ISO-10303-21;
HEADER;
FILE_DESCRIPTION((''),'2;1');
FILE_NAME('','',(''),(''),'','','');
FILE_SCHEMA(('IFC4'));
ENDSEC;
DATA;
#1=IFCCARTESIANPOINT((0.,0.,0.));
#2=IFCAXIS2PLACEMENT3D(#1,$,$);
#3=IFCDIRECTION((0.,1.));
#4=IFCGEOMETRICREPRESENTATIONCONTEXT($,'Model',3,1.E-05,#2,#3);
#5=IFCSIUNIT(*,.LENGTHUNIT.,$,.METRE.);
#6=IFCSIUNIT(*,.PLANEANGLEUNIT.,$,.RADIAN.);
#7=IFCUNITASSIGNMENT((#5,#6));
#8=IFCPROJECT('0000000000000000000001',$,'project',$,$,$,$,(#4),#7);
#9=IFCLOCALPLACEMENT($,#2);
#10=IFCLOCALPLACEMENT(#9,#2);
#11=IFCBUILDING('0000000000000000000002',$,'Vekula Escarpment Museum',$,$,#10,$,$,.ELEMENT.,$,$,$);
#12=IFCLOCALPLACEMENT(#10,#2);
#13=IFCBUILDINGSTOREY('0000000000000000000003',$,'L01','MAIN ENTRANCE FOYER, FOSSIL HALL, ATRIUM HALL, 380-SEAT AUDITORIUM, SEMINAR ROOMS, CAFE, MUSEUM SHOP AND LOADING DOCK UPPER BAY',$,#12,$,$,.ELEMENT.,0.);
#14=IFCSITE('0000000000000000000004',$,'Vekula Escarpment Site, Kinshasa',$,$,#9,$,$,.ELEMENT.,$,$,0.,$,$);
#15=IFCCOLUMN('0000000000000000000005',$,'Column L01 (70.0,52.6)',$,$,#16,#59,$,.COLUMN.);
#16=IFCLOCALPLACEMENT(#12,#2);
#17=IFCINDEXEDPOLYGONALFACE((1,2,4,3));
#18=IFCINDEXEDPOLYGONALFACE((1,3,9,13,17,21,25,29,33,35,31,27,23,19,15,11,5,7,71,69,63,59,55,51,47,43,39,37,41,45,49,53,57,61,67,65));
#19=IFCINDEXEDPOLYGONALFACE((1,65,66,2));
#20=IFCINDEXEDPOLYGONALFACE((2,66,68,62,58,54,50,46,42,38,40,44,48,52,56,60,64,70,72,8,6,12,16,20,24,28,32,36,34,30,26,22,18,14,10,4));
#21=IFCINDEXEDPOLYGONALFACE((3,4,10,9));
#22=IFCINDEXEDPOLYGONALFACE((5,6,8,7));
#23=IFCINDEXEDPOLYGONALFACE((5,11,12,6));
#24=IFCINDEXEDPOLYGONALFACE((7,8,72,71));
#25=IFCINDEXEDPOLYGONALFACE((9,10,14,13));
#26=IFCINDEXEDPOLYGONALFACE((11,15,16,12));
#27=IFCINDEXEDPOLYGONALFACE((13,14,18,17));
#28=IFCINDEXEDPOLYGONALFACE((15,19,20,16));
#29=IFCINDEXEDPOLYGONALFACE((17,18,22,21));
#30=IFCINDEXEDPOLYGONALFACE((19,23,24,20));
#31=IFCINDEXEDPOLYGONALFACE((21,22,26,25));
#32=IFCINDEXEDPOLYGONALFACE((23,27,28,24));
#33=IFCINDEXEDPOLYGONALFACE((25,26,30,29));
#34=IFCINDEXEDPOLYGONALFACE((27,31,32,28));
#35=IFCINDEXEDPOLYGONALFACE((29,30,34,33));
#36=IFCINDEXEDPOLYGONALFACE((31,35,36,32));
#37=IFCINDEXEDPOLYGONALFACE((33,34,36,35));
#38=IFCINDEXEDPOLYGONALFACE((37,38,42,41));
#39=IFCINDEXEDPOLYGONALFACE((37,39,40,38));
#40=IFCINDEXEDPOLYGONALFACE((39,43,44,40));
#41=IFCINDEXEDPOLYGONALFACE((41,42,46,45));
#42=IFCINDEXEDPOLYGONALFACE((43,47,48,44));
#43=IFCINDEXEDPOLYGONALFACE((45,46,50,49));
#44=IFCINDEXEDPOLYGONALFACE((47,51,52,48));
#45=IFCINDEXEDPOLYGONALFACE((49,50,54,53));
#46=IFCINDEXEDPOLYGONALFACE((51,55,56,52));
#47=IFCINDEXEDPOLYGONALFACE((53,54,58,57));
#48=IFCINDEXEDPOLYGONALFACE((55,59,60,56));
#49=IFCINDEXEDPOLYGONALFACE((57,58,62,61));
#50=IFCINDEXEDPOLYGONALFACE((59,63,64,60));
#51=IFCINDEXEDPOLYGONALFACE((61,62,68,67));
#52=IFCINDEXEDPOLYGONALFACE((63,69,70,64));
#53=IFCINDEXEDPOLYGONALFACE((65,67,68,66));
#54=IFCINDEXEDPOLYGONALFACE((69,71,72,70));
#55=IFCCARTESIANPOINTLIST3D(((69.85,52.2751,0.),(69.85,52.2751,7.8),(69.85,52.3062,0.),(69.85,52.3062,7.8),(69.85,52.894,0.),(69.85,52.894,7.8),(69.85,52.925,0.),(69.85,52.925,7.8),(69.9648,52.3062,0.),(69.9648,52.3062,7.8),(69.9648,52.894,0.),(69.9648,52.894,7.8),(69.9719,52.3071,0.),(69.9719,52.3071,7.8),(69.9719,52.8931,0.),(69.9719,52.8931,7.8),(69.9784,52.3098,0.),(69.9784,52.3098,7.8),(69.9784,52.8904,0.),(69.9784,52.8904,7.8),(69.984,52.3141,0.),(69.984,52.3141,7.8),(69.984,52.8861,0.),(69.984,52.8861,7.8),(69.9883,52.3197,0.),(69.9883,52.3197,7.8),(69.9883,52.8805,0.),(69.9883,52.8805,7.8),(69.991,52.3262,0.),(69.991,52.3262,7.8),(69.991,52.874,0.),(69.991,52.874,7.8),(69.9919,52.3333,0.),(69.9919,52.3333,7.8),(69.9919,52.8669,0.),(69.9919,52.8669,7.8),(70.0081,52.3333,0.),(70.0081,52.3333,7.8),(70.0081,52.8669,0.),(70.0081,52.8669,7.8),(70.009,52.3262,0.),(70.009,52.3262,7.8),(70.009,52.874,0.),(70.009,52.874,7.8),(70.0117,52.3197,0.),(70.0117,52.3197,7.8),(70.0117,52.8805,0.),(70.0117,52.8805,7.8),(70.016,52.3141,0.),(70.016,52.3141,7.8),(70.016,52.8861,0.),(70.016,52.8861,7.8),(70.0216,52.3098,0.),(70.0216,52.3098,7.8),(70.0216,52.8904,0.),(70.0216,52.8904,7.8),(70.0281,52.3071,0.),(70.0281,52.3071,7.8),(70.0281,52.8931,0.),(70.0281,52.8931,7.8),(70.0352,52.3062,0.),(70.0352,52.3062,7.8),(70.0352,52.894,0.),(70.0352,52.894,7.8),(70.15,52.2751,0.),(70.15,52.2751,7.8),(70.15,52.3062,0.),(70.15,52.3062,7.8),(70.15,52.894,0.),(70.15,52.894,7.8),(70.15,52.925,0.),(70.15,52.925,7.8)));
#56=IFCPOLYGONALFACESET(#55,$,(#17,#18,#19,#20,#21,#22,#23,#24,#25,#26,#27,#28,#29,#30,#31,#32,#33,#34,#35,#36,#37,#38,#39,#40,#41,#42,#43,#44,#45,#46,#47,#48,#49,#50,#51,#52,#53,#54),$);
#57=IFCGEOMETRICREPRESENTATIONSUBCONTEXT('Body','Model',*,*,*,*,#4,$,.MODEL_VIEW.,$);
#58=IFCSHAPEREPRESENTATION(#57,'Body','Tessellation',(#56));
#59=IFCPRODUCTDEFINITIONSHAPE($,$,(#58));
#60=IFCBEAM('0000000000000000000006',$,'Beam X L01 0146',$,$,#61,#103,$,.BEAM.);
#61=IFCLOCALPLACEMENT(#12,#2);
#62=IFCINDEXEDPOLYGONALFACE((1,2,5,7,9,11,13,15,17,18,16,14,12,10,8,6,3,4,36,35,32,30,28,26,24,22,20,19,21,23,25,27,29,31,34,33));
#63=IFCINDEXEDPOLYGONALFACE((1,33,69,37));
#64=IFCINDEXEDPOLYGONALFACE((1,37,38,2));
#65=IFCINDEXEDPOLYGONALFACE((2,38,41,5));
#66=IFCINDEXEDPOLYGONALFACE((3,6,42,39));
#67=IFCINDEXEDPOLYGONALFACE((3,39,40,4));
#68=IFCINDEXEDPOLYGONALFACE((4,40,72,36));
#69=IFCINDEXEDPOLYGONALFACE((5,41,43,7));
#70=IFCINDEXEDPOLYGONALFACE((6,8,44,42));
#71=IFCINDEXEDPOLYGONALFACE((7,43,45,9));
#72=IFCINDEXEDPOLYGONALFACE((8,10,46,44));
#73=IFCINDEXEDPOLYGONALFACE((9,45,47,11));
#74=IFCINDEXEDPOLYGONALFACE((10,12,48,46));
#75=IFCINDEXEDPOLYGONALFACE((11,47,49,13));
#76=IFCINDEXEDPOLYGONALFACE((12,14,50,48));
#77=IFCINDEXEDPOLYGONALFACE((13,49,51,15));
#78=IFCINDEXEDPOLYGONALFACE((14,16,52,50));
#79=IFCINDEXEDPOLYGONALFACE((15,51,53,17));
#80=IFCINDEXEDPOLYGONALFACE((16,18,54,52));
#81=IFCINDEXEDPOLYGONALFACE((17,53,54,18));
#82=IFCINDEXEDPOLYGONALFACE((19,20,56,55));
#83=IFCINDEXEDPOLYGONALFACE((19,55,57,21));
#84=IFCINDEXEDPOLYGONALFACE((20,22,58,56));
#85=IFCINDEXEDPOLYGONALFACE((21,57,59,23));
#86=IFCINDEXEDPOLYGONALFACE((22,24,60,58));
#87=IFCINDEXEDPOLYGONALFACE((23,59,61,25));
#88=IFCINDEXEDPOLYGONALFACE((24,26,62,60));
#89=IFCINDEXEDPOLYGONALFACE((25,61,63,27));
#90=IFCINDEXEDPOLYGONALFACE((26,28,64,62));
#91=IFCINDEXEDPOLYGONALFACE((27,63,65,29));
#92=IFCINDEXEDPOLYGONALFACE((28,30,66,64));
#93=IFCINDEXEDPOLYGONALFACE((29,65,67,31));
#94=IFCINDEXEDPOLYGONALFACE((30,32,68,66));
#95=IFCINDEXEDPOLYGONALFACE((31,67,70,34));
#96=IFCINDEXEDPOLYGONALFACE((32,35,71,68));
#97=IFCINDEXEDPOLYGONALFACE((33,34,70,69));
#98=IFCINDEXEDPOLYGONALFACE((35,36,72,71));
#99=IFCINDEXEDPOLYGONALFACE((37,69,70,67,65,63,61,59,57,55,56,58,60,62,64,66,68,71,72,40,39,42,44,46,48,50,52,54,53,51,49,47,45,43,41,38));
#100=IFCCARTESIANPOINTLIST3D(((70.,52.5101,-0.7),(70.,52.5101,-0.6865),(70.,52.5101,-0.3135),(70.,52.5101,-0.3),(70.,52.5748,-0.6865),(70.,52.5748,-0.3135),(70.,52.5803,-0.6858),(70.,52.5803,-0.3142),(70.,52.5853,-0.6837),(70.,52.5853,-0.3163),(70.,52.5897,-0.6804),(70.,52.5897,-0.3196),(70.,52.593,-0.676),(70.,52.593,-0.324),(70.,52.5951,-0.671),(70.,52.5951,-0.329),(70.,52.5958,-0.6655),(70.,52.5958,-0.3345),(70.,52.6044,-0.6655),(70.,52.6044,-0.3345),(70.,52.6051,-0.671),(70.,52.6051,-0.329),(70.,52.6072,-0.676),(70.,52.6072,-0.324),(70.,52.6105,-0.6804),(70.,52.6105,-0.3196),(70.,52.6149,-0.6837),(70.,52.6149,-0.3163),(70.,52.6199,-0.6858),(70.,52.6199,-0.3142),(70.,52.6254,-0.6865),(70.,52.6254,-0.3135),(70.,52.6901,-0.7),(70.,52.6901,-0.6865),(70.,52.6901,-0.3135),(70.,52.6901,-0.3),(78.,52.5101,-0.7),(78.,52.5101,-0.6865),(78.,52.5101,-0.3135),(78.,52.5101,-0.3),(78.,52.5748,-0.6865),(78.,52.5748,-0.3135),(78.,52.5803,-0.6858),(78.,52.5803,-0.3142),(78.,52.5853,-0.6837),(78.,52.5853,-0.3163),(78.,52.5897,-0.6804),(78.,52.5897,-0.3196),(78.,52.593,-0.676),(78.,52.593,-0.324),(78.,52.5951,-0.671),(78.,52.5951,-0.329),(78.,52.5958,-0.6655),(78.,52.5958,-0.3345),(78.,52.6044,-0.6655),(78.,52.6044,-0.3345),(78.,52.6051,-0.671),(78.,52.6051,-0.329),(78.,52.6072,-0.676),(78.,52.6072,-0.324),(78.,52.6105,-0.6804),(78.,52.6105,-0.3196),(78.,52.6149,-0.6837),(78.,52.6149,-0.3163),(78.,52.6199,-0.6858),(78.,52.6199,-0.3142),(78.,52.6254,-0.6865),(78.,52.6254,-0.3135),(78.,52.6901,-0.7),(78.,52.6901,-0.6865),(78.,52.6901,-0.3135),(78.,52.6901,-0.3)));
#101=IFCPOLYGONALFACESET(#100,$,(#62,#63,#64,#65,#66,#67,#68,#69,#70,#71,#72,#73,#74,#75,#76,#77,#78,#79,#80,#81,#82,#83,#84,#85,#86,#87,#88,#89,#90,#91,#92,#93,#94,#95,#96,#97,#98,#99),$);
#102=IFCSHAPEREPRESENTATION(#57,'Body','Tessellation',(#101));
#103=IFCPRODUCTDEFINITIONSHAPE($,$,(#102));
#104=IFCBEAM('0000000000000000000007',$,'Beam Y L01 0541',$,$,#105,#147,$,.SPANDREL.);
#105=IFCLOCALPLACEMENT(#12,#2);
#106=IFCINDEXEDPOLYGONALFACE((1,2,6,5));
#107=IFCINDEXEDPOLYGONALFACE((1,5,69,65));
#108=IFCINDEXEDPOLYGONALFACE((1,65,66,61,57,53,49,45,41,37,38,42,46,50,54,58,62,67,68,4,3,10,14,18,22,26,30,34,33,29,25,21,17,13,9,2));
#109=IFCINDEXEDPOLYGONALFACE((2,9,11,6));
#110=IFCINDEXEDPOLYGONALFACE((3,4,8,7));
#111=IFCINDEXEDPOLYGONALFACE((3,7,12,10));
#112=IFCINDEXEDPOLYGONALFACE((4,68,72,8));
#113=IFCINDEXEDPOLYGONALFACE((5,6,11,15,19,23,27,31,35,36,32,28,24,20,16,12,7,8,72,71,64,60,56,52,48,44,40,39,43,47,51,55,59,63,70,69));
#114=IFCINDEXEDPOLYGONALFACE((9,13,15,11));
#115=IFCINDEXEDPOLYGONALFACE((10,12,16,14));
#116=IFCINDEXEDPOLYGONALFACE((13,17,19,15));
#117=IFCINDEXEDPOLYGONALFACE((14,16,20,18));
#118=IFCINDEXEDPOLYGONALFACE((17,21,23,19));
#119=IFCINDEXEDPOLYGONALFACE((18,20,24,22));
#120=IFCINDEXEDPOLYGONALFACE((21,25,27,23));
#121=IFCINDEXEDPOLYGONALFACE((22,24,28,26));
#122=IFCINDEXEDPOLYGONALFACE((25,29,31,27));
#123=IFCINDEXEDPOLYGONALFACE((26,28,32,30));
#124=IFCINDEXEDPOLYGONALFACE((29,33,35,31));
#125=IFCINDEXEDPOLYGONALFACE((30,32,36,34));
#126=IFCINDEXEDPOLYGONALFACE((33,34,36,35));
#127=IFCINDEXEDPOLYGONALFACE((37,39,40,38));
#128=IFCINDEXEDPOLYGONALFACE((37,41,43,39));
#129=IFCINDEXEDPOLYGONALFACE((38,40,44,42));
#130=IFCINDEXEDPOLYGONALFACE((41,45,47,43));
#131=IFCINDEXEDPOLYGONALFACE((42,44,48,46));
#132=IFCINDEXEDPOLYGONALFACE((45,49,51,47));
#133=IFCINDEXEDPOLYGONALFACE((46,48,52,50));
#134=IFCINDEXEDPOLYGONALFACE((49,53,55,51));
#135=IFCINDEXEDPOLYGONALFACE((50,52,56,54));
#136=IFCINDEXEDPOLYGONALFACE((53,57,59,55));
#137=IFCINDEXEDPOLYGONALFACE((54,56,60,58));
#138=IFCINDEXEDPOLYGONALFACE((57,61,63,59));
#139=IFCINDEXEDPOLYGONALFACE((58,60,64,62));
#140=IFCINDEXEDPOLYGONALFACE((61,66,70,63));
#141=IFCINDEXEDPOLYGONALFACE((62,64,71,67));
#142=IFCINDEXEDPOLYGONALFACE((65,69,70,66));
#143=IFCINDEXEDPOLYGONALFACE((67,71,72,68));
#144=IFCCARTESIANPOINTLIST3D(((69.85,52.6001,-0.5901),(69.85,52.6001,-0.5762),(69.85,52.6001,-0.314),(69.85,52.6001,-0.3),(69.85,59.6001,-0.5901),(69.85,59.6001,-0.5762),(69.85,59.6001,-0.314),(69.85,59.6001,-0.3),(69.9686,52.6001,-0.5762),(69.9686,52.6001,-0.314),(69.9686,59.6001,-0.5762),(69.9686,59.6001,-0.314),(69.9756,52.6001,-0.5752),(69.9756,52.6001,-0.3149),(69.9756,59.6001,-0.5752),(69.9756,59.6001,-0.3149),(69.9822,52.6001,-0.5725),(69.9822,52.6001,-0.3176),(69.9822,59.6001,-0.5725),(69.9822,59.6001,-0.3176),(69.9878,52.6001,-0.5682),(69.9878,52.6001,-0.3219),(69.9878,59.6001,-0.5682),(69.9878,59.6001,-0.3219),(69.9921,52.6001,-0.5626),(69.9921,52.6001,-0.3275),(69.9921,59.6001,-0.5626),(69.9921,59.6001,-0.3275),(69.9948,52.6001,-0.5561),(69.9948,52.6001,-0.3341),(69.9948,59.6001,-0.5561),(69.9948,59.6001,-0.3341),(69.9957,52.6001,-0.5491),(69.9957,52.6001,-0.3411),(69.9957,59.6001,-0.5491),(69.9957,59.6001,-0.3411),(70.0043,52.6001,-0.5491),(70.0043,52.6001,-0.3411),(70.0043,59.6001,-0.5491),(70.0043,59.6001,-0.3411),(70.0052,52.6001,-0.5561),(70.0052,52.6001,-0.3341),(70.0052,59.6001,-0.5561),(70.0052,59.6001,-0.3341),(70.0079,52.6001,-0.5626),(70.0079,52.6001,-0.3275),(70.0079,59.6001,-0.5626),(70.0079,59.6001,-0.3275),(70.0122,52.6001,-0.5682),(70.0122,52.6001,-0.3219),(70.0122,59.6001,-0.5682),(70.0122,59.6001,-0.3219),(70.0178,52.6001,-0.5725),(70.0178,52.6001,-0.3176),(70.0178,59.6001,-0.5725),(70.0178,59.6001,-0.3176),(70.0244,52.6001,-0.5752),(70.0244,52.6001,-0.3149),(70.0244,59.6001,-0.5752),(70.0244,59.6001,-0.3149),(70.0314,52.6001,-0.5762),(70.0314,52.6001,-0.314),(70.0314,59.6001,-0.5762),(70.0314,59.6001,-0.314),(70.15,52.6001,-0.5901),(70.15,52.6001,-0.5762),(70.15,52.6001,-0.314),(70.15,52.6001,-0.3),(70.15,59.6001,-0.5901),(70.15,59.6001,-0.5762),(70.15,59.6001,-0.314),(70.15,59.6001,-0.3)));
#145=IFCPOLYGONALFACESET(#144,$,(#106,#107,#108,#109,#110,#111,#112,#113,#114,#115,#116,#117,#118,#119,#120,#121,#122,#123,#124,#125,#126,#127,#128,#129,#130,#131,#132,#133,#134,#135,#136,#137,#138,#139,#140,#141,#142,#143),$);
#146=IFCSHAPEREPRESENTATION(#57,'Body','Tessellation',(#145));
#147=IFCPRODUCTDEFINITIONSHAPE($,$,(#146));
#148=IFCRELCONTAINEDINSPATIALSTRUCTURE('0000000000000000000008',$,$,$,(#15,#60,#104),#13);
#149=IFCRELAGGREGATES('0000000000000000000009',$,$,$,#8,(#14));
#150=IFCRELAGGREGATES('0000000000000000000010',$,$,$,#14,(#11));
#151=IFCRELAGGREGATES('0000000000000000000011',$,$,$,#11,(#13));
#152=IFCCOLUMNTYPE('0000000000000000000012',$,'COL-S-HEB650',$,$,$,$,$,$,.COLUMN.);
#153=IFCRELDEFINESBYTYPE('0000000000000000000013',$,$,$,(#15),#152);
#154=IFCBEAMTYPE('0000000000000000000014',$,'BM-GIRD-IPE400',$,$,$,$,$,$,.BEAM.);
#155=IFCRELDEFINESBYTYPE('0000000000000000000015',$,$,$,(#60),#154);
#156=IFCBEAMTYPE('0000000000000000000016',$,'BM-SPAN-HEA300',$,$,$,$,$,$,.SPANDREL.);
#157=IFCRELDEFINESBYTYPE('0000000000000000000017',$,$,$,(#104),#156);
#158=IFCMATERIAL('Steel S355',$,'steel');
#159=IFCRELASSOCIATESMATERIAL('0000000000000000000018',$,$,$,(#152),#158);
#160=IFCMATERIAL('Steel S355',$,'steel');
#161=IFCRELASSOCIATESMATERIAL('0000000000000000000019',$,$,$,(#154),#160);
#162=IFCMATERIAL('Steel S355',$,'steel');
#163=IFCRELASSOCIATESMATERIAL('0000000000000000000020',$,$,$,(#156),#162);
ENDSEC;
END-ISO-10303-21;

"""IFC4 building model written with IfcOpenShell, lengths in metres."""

from ifc_helpers import new_model, si_unit, direction, frame, origin, origin_2d, place, context, subcontext, project, spatial, i_section, extrude, material, material_profile, profile_set, type_object, element, save


model = new_model("IFC4")

# Units and contexts
model_context = context("Model", 3, precision=1e-05, world=origin(), true_north=direction((0.0, 1.0)))
body_context = subcontext(model_context, "Body", "Model", "MODEL_VIEW")
ifc_project = project(units=[si_unit("LENGTHUNIT", "METRE"), si_unit("PLANEANGLEUNIT", "RADIAN")], contexts=[model_context])

# Site, building, storey
site_placement = place(None, origin())
site = spatial("IfcSite", under=ifc_project, at=site_placement, Name="Vekula Escarpment Site, Kinshasa", CompositionType="ELEMENT", RefElevation=0.0)
building_placement = place(site_placement, origin())
building = spatial("IfcBuilding", under=site, at=building_placement, Name="Vekula Escarpment Museum", CompositionType="ELEMENT")
storey_placement = place(building_placement, origin())
storey = spatial("IfcBuildingStorey", under=building, at=storey_placement, Name="L01", Description="MAIN ENTRANCE FOYER, FOSSIL HALL, ATRIUM HALL, 380-SEAT AUDITORIUM, SEMINAR ROOMS, CAFE, MUSEUM SHOP AND LOADING DOCK UPPER BAY", CompositionType="ELEMENT", Elevation=0.0)

# Column
ifc_material_1 = material(Name="Steel S355", Category="steel")
ifc_material_profile_1 = material_profile(ifc_material_1, i_section(OverallWidth=0.3, OverallDepth=0.6499, WebThickness=0.0161, FlangeThickness=0.031, FilletRadius=0.0271, at=origin_2d()), Name="HEB 650")
ifc_profile_set_1 = profile_set([ifc_material_profile_1], Name="Steel S355")
column_type = type_object("IfcColumnType", Name="COL-S-HEB650", PredefinedType="COLUMN", material=ifc_profile_set_1)
column_placement = place(storey_placement, frame((70.0, 52.6001, 0.0), z_axis=(0.0, 0.0, 1.0), x_axis=(1.0, 0.0, 0.0)))
element("IfcColumn", 1, at=column_placement, inside=storey, type_object=column_type, Name="Column L01 (70.0,52.6)", PredefinedType="COLUMN", context=body_context, shape_type="SweptSolid", body=[
    extrude(i_section(OverallWidth=0.3, OverallDepth=0.6499, WebThickness=0.0161, FlangeThickness=0.031, FilletRadius=0.0271, at=origin_2d()), origin(), (0.0, 0.0, 1.0), 7.8),
])

# Beams
ifc_material_2 = material(Name="Steel S355", Category="steel")
ifc_material_profile_2 = material_profile(ifc_material_2, i_section(OverallWidth=0.1799, OverallDepth=0.3999, WebThickness=0.0085, FlangeThickness=0.0134, FilletRadius=0.021, at=origin_2d()), Name="IPE 400")
ifc_profile_set_2 = profile_set([ifc_material_profile_2], Name="Steel S355")
beam_type_1 = type_object("IfcBeamType", Name="BM-GIRD-IPE400", PredefinedType="BEAM", material=ifc_profile_set_2)
beam_1_placement = place(storey_placement, frame((70.0, 52.6001, -0.5), z_axis=(1.0, 0.0, 0.0), x_axis=(0.0, 1.0, 0.0)))
element("IfcBeam", 2, at=beam_1_placement, inside=storey, type_object=beam_type_1, Name="Beam X L01 0146", PredefinedType="BEAM", context=body_context, shape_type="SweptSolid", body=[
    extrude(i_section(OverallWidth=0.1799, OverallDepth=0.3999, WebThickness=0.0085, FlangeThickness=0.0134, FilletRadius=0.021, at=origin_2d()), origin(), (0.0, 0.0, 1.0), 8.0),
])
ifc_material_3 = material(Name="Steel S355", Category="steel")
ifc_material_profile_3 = material_profile(ifc_material_3, i_section(OverallWidth=0.3, OverallDepth=0.29, WebThickness=0.0085, FlangeThickness=0.0139, FilletRadius=0.0271, at=origin_2d()), Name="HEA 300")
ifc_profile_set_3 = profile_set([ifc_material_profile_3], Name="Steel S355")
beam_type_2 = type_object("IfcBeamType", Name="BM-SPAN-HEA300", PredefinedType="SPANDREL", material=ifc_profile_set_3)
beam_2_placement = place(storey_placement, frame((70.0, 52.6001, -0.4451), z_axis=(0.0, 1.0, 0.0), x_axis=(-1.0, 0.0, 0.0)))
element("IfcBeam", 3, at=beam_2_placement, inside=storey, type_object=beam_type_2, Name="Beam Y L01 0541", PredefinedType="SPANDREL", context=body_context, shape_type="SweptSolid", body=[
    extrude(i_section(OverallWidth=0.3, OverallDepth=0.29, WebThickness=0.0085, FlangeThickness=0.0139, FilletRadius=0.0271, at=origin_2d()), origin(), (0.0, 0.0, 1.0), 7.0),
])

save(model, "model.ifc")
